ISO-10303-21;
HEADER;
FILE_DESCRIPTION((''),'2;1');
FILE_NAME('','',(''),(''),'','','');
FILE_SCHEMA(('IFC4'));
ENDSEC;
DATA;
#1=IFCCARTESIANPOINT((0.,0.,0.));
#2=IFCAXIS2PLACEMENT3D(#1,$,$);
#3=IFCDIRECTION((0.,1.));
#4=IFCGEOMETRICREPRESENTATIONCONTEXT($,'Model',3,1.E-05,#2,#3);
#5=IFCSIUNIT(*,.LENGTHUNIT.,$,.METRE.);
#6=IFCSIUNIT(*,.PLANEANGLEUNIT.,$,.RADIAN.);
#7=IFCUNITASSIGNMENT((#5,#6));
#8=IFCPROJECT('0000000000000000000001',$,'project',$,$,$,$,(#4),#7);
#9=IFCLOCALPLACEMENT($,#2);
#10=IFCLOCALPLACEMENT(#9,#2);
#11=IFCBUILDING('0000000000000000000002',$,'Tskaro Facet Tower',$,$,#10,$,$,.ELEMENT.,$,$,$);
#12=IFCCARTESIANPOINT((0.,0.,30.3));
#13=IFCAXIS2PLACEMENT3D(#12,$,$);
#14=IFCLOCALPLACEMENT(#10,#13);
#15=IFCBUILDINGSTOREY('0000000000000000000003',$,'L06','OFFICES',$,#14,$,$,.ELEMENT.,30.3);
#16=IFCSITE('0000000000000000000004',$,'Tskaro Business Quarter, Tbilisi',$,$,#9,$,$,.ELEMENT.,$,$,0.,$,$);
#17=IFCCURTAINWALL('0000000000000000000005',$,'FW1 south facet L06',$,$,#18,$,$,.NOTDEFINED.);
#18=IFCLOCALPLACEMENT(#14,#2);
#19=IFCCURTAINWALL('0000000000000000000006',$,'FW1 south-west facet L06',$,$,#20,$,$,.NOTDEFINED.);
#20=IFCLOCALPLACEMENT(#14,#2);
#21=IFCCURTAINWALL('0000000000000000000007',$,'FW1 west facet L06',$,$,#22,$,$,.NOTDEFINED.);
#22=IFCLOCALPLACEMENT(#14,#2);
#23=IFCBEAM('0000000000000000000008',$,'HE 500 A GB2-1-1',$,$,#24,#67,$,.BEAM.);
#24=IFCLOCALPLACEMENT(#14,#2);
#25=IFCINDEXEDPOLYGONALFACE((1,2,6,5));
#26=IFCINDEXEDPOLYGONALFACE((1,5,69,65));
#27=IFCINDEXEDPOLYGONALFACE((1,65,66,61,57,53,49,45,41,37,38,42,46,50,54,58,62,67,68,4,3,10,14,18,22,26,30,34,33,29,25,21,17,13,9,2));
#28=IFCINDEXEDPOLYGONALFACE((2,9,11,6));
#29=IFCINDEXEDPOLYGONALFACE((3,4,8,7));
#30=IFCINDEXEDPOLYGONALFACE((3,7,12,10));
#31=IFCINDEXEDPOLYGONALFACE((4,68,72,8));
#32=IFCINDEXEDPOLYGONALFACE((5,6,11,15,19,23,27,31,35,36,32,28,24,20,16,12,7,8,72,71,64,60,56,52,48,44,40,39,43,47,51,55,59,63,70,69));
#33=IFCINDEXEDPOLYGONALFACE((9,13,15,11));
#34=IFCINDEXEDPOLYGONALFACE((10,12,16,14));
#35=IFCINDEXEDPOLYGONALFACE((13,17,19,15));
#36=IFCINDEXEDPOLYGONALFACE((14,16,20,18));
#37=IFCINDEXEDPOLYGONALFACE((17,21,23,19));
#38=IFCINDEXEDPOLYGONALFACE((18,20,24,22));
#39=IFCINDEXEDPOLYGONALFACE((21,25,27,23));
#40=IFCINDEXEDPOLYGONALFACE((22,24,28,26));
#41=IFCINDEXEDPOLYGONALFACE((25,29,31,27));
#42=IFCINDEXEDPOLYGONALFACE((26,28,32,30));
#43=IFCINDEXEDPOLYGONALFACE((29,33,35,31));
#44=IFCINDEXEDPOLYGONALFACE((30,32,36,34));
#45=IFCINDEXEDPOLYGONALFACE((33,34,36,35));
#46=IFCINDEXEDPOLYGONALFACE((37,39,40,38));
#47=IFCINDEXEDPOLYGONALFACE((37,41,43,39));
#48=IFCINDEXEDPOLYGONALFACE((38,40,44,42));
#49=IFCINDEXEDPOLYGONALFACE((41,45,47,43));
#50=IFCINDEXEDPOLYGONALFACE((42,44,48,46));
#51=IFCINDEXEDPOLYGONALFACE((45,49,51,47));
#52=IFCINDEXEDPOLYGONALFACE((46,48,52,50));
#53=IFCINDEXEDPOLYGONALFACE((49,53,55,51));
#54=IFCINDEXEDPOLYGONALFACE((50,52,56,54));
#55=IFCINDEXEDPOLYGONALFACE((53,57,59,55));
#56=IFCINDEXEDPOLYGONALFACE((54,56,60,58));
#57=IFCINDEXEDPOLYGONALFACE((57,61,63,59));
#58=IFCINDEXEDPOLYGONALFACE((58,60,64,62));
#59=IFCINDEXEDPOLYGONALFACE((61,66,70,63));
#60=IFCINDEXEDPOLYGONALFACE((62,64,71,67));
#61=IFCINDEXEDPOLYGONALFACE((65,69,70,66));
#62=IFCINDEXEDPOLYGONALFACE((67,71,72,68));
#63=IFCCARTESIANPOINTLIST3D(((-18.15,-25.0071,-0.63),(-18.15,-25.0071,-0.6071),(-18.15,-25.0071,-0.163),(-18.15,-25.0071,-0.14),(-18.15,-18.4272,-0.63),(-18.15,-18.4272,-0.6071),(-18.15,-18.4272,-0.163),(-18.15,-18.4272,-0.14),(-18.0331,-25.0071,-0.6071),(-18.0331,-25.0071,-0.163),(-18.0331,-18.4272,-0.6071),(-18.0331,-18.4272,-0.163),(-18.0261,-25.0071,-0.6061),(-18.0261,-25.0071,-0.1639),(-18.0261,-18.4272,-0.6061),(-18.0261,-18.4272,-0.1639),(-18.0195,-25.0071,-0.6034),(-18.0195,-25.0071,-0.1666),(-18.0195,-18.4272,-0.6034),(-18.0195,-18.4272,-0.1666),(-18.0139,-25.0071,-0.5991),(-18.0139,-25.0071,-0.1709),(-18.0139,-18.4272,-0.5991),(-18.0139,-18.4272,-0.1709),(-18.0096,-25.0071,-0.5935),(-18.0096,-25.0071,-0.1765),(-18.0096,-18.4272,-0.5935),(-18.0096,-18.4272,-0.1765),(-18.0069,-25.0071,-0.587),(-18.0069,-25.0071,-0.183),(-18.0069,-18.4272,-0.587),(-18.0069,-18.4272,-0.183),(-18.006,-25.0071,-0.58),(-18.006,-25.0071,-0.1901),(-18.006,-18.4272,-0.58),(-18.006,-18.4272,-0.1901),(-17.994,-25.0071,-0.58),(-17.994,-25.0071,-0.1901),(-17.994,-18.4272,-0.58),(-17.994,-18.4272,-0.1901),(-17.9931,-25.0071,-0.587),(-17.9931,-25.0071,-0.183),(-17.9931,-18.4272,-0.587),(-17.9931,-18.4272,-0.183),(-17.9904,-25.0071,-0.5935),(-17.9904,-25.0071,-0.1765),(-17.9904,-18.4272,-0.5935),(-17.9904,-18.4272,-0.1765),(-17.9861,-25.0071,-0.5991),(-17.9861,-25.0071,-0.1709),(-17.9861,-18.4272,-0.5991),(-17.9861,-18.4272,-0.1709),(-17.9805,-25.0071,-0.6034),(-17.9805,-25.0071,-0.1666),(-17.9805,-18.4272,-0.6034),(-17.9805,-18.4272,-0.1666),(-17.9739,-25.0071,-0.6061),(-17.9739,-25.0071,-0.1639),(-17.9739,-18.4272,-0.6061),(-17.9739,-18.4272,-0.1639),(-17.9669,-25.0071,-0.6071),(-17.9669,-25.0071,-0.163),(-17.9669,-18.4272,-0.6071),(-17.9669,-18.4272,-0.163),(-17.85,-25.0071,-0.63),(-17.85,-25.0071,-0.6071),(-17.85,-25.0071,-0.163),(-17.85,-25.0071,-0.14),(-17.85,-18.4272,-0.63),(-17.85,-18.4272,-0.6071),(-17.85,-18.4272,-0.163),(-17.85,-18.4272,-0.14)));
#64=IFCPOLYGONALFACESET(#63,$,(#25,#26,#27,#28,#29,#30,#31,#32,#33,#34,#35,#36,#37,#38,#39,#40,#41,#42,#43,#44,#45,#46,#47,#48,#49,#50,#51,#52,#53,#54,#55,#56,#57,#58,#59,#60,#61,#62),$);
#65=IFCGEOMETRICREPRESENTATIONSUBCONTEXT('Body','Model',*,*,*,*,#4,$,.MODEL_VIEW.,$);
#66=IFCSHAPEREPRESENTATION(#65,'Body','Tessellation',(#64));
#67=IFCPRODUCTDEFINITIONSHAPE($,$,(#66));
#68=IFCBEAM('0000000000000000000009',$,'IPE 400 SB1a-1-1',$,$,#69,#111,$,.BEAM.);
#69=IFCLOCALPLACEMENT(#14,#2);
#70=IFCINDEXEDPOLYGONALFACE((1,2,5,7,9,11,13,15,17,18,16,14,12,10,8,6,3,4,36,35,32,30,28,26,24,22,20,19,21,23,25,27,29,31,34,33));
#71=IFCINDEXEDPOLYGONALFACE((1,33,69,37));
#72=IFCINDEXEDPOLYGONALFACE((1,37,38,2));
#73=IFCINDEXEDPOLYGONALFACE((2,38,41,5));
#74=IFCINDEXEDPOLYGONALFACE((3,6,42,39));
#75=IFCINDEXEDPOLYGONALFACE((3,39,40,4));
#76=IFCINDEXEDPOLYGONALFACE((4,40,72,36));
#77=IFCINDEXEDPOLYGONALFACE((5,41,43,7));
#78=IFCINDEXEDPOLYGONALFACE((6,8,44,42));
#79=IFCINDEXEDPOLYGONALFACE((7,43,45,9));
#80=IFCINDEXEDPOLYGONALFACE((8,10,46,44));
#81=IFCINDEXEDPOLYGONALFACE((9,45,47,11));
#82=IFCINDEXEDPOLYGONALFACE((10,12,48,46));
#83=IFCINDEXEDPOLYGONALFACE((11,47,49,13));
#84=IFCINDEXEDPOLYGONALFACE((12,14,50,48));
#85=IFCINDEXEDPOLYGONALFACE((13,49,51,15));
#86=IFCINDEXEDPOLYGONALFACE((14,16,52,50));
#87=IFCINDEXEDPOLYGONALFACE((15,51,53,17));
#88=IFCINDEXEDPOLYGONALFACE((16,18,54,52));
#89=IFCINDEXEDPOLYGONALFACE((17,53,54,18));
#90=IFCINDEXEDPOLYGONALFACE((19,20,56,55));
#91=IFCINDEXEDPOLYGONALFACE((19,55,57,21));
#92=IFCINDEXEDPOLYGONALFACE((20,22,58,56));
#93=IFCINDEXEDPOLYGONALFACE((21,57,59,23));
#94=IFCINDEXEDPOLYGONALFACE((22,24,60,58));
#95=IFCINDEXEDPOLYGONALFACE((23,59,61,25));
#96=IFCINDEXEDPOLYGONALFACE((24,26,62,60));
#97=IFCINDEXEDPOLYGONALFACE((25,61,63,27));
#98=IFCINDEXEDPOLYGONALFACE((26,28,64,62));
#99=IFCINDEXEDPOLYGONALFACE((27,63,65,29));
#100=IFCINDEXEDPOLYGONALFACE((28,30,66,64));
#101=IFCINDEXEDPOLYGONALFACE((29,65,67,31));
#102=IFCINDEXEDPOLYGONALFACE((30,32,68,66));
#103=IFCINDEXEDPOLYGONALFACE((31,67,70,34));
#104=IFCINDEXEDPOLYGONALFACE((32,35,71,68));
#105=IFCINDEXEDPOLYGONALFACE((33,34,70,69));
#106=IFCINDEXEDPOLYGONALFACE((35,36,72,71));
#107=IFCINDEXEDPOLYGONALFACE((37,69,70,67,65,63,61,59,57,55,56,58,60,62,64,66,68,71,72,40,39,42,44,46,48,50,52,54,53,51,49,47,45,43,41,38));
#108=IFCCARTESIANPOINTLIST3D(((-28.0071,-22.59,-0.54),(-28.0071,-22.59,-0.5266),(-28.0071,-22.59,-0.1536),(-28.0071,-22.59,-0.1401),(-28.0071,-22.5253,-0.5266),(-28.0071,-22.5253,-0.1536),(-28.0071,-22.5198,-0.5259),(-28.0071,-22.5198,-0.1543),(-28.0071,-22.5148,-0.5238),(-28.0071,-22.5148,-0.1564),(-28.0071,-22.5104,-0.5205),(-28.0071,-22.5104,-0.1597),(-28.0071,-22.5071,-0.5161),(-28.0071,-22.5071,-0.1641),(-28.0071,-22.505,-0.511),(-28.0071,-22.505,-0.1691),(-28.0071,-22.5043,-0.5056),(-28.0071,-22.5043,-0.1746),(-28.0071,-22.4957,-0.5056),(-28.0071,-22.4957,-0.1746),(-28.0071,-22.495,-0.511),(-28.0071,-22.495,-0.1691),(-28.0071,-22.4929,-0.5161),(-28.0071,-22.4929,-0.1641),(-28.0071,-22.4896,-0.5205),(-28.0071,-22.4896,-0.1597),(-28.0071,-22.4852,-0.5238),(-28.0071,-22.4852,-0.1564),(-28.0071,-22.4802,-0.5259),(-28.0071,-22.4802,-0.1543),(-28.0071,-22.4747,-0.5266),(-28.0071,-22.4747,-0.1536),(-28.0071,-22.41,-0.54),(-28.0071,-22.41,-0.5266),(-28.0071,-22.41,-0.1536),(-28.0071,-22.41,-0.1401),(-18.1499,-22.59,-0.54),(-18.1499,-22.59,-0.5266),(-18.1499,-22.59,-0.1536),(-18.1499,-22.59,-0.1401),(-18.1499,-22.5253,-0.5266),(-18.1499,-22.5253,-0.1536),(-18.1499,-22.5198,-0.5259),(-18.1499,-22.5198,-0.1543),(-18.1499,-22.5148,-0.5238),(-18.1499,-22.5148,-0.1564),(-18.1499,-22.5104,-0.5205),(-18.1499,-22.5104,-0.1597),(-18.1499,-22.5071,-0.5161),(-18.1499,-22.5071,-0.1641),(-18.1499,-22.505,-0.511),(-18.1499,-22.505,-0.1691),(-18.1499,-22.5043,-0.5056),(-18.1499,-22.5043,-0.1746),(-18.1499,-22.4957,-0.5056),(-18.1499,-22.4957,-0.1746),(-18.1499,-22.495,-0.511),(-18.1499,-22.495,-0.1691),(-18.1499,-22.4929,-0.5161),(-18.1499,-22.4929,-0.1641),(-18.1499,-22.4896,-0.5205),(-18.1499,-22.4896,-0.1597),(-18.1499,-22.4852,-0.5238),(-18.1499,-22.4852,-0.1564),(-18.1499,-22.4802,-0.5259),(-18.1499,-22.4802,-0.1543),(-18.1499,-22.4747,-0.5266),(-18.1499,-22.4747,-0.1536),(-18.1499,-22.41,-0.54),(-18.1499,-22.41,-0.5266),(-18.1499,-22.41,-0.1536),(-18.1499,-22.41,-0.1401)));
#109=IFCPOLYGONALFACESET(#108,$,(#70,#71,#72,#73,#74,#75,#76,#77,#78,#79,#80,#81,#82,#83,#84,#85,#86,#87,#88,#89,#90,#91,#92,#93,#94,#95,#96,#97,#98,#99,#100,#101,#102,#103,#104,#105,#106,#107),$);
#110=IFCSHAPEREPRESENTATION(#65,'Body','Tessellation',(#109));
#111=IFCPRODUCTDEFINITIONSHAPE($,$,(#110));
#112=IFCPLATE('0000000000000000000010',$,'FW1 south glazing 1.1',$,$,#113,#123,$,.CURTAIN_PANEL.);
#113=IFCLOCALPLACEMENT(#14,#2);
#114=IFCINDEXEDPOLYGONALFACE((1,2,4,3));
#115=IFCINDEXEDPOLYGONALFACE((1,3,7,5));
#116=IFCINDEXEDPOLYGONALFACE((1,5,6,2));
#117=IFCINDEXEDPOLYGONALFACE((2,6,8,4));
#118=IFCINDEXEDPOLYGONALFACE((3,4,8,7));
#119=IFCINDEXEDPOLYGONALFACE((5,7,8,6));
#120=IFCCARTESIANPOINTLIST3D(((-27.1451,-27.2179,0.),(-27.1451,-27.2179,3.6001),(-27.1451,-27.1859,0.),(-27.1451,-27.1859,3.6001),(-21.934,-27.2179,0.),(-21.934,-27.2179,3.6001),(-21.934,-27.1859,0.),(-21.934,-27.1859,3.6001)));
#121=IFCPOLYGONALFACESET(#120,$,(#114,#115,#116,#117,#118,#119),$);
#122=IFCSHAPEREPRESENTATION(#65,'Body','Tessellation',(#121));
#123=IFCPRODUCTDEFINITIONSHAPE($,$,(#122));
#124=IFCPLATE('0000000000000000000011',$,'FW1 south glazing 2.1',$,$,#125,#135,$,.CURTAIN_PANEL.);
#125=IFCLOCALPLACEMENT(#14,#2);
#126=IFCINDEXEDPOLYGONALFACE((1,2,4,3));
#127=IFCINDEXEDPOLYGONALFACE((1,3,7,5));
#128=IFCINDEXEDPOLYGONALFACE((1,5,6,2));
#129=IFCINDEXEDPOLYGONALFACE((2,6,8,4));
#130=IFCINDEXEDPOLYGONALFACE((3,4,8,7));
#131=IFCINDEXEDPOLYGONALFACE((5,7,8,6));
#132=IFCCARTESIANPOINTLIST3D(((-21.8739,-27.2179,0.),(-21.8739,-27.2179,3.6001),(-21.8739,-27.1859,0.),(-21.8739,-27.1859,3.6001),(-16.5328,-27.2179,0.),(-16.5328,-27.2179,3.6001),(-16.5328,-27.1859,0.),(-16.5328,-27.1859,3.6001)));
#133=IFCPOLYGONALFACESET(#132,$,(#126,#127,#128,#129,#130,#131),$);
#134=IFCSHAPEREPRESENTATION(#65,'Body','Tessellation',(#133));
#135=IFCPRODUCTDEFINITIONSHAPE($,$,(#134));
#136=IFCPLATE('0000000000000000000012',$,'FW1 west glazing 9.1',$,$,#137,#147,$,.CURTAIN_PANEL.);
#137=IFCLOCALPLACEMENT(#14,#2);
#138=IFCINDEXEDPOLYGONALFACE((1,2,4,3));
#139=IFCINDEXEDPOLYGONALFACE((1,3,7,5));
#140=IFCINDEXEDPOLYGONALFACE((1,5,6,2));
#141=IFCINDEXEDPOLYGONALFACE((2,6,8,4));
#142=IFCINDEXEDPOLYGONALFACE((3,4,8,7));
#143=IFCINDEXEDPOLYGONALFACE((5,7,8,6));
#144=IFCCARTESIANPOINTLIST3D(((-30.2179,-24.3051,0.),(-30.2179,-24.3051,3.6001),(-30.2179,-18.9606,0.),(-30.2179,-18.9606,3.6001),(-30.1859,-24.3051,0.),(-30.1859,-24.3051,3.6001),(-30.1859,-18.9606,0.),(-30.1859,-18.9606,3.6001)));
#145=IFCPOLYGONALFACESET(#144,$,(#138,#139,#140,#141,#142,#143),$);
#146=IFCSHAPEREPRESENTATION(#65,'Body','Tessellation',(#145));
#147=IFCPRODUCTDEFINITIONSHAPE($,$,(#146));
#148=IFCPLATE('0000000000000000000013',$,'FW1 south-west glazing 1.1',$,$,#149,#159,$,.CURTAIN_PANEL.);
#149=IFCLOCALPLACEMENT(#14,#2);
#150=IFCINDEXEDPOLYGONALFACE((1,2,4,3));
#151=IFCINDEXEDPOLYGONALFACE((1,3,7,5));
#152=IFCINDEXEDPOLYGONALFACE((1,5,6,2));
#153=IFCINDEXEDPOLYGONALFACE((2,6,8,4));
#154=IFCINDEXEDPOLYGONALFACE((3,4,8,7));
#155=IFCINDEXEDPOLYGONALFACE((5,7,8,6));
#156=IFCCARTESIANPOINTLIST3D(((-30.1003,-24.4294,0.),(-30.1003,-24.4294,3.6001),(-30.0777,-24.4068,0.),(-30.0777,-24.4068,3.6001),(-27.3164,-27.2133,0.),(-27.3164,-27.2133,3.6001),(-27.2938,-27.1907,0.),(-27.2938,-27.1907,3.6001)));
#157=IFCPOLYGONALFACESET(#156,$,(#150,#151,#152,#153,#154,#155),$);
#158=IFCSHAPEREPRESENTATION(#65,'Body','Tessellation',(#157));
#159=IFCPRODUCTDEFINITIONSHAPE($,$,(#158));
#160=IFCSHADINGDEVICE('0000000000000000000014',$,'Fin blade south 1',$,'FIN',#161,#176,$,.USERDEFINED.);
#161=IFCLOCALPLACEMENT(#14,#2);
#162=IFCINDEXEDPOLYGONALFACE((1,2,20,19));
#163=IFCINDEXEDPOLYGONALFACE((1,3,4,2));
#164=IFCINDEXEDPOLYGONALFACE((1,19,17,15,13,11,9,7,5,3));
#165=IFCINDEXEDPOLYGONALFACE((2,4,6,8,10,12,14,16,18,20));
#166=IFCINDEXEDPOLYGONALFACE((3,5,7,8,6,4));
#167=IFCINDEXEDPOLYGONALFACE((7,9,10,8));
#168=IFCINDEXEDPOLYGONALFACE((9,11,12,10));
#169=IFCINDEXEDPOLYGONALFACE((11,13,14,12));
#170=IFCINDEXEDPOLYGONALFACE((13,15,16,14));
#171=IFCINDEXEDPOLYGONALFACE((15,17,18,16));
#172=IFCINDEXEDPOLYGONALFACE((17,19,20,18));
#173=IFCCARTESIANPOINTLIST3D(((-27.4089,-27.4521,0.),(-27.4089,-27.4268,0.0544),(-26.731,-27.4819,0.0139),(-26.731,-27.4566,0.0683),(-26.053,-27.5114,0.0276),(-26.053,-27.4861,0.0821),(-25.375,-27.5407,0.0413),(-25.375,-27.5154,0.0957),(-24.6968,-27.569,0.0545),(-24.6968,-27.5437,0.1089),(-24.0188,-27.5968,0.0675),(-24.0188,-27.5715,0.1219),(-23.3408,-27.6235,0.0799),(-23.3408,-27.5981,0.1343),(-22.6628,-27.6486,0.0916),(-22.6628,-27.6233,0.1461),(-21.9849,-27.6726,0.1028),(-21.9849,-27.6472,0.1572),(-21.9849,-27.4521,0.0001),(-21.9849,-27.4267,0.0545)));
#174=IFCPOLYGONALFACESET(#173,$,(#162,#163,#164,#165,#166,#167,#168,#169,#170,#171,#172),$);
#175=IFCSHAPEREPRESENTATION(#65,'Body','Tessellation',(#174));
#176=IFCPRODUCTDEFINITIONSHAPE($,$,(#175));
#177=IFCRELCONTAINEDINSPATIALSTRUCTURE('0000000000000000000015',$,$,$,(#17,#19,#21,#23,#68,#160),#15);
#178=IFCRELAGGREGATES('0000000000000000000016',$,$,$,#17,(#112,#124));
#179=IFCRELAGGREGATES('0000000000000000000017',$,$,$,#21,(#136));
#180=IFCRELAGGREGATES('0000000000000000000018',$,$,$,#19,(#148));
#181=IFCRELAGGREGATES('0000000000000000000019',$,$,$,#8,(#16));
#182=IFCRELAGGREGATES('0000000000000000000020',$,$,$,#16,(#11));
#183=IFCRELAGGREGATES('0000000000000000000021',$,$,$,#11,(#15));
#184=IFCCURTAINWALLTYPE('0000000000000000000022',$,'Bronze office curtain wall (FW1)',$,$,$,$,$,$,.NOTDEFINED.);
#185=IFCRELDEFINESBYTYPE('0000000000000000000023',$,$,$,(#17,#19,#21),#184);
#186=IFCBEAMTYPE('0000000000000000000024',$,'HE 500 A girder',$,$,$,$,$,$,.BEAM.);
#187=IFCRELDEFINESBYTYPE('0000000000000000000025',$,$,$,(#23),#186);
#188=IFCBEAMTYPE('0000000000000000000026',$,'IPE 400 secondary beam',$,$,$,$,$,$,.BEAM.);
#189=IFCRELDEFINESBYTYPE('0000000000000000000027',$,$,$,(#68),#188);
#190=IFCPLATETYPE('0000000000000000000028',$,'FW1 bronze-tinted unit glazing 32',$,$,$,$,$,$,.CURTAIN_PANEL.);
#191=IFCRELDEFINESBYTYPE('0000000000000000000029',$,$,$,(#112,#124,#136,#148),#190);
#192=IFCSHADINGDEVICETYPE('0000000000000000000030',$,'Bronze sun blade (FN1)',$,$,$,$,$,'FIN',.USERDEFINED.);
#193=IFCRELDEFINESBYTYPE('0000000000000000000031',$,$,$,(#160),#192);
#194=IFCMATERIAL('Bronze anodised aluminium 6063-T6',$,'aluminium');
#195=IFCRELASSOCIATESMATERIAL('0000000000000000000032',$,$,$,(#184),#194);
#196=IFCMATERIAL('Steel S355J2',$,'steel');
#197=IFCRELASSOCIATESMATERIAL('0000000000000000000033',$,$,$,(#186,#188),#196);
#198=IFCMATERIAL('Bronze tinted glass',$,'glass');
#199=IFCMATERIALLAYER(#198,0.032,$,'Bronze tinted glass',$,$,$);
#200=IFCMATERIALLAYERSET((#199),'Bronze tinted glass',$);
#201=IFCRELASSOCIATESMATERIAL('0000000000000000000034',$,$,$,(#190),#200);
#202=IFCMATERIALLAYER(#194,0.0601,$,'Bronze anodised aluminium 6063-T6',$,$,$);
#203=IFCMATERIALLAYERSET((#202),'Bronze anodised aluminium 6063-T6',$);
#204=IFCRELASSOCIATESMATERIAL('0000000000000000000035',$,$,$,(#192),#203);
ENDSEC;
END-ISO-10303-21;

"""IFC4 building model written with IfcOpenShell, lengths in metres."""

from ifc_helpers import new_model, si_unit, direction, frame, origin, origin_2d, place, context, subcontext, project, spatial, polyline, rectangle, i_section, outline, extrude, material, layer, layer_set, material_profile, profile_set, type_object, element, aggregate, save


model = new_model("IFC4")

# Units and contexts
model_context = context("Model", 3, precision=1e-05, world=origin(), true_north=direction((0.0, 1.0)))
body_context = subcontext(model_context, "Body", "Model", "MODEL_VIEW")
ifc_project = project(units=[si_unit("LENGTHUNIT", "METRE"), si_unit("PLANEANGLEUNIT", "RADIAN")], contexts=[model_context])

# Site, building, storey
site_placement = place(None, origin())
site = spatial("IfcSite", under=ifc_project, at=site_placement, Name="Tskaro Business Quarter, Tbilisi", CompositionType="ELEMENT", RefElevation=0.0)
building_placement = place(site_placement, origin())
building = spatial("IfcBuilding", under=site, at=building_placement, Name="Tskaro Facet Tower", CompositionType="ELEMENT")
storey_placement = place(building_placement, frame((0.0, 0.0, 30.3)))
storey = spatial("IfcBuildingStorey", under=building, at=storey_placement, Name="L06", Description="OFFICES", CompositionType="ELEMENT", Elevation=30.3)

# Curtain walls
ifc_material_1 = material(Name="Bronze anodised aluminium 6063-T6", Category="aluminium")
curtain_wall_type = type_object("IfcCurtainWallType", Name="Bronze office curtain wall (FW1)", PredefinedType="NOTDEFINED", material=ifc_material_1)
curtain_wall_1_placement = place(storey_placement, origin())
curtain_wall_1 = element("IfcCurtainWall", 1, at=curtain_wall_1_placement, inside=storey, type_object=curtain_wall_type, Name="FW1 south facet L06", PredefinedType="NOTDEFINED")
curtain_wall_2_placement = place(storey_placement, origin())
curtain_wall_2 = element("IfcCurtainWall", 2, at=curtain_wall_2_placement, inside=storey, type_object=curtain_wall_type, Name="FW1 south-west facet L06", PredefinedType="NOTDEFINED")

# Curtain wall
curtain_wall_3_placement = place(storey_placement, origin())
curtain_wall_3 = element("IfcCurtainWall", 3, at=curtain_wall_3_placement, inside=storey, type_object=curtain_wall_type, Name="FW1 west facet L06", PredefinedType="NOTDEFINED")

# Beams
ifc_material_2 = material(Name="Steel S355J2", Category="steel")
ifc_material_profile_1 = material_profile(ifc_material_2, i_section(OverallWidth=0.3, OverallDepth=0.49, WebThickness=0.012, FlangeThickness=0.0229, FilletRadius=0.0271, at=origin_2d()), Name="HE 500 A")
ifc_profile_set_1 = profile_set([ifc_material_profile_1], Name="Steel S355J2")
beam_type_1 = type_object("IfcBeamType", Name="HE 500 A girder", PredefinedType="BEAM", material=ifc_profile_set_1)
beam_1_placement = place(storey_placement, frame((-18.0, -25.0071, -0.385), z_axis=(0.0, 1.0, 0.0), x_axis=(-1.0, 0.0, 0.0)))
element("IfcBeam", 4, at=beam_1_placement, inside=storey, type_object=beam_type_1, Name="HE 500 A GB2-1-1", PredefinedType="BEAM", context=body_context, shape_type="SweptSolid", body=[
    extrude(i_section(OverallWidth=0.3, OverallDepth=0.49, WebThickness=0.012, FlangeThickness=0.0229, FilletRadius=0.0271, at=origin_2d()), origin(), (0.0, 0.0, 1.0), 6.5798),
])
ifc_material_profile_2 = material_profile(ifc_material_2, i_section(OverallWidth=0.1799, OverallDepth=0.3999, WebThickness=0.0085, FlangeThickness=0.0134, FilletRadius=0.021, at=origin_2d()), Name="IPE 400")
ifc_profile_set_2 = profile_set([ifc_material_profile_2], Name="Steel S355J2")
beam_type_2 = type_object("IfcBeamType", Name="IPE 400 secondary beam", PredefinedType="BEAM", material=ifc_profile_set_2)
beam_2_placement = place(storey_placement, frame((-28.0071, -22.5, -0.3401), z_axis=(1.0, 0.0, 0.0), x_axis=(0.0, 1.0, 0.0)))
element("IfcBeam", 5, at=beam_2_placement, inside=storey, type_object=beam_type_2, Name="IPE 400 SB1a-1-1", PredefinedType="BEAM", context=body_context, shape_type="SweptSolid", body=[
    extrude(i_section(OverallWidth=0.1799, OverallDepth=0.3999, WebThickness=0.0085, FlangeThickness=0.0134, FilletRadius=0.021, at=origin_2d()), origin(), (0.0, 0.0, 1.0), 9.8572),
])

# Plates
ifc_material_3 = material(Name="Bronze tinted glass", Category="glass")
ifc_layer_1 = layer(ifc_material_3, 0.032, Name="Bronze tinted glass")
ifc_layer_set_1 = layer_set([ifc_layer_1], Name="Bronze tinted glass")
plate_type = type_object("IfcPlateType", Name="FW1 bronze-tinted unit glazing 32", PredefinedType="CURTAIN_PANEL", material=ifc_layer_set_1)
plate_1_placement = place(storey_placement, frame((-24.5396, -27.2019, 0.0), z_axis=(0.0, 0.0, 1.0), x_axis=(1.0, 0.0, 0.0)))
plate_1 = element("IfcPlate", 6, at=plate_1_placement, type_object=plate_type, Name="FW1 south glazing 1.1", PredefinedType="CURTAIN_PANEL", context=body_context, shape_type="SweptSolid", body=[
    extrude(rectangle(XDim=5.2112, YDim=0.032, at=origin_2d()), origin(), (0.0, 0.0, 1.0), 3.6001),
])
plate_2_placement = place(storey_placement, frame((-19.2034, -27.2019, 0.0), z_axis=(0.0, 0.0, 1.0), x_axis=(1.0, 0.0, 0.0)))
plate_2 = element("IfcPlate", 7, at=plate_2_placement, type_object=plate_type, Name="FW1 south glazing 2.1", PredefinedType="CURTAIN_PANEL", context=body_context, shape_type="SweptSolid", body=[
    extrude(rectangle(XDim=5.3411, YDim=0.032, at=origin_2d()), origin(), (0.0, 0.0, 1.0), 3.6001),
])
aggregate(curtain_wall_1, [plate_1, plate_2])
plate_3_placement = place(storey_placement, frame((-30.2019, -21.6328, 0.0), z_axis=(0.0, 0.0, 1.0), x_axis=(0.0, -1.0, 0.0)))
plate_3 = element("IfcPlate", 8, at=plate_3_placement, type_object=plate_type, Name="FW1 west glazing 9.1", PredefinedType="CURTAIN_PANEL", context=body_context, shape_type="SweptSolid", body=[
    extrude(rectangle(XDim=5.3445, YDim=0.032, at=origin_2d()), origin(), (0.0, 0.0, 1.0), 3.6001),
])
aggregate(curtain_wall_3, [plate_3])
plate_4_placement = place(storey_placement, frame((-28.697, -25.8101, 0.0), z_axis=(0.0, 0.0, 1.0), x_axis=(0.707107, -0.707107, 0.0)))
plate_4 = element("IfcPlate", 9, at=plate_4_placement, type_object=plate_type, Name="FW1 south-west glazing 1.1", PredefinedType="CURTAIN_PANEL", context=body_context, shape_type="SweptSolid", body=[
    extrude(rectangle(XDim=3.937, YDim=0.032, at=origin_2d()), origin(), (0.0, 0.0, 1.0), 3.6001),
])
aggregate(curtain_wall_2, [plate_4])

# Shading device
ifc_layer_2 = layer(ifc_material_1, 0.0601, Name="Bronze anodised aluminium 6063-T6")
ifc_layer_set_2 = layer_set([ifc_layer_2], Name="Bronze anodised aluminium 6063-T6")
shading_device_type = type_object("IfcShadingDeviceType", Name="Bronze sun blade (FN1)", ElementType="FIN", PredefinedType="USERDEFINED", material=ifc_layer_set_2)
shading_device_1_placement = place(storey_placement, frame((-27.4089, -27.4268, 0.0544), z_axis=(-0.000017, 0.422199, 0.906503), x_axis=(1.0, 0.000007, 0.000016)))
element("IfcShadingDevice", 10, at=shading_device_1_placement, inside=storey, type_object=shading_device_type, Name="Fin blade south 1", ObjectType="FIN", PredefinedType="USERDEFINED", context=body_context, shape_type="SweptSolid", body=[
    extrude(outline(polyline([(0.0, 0.0), (5.4241, 0.0), (5.4241, -0.2432), (4.7461, -0.2168), (4.0681, -0.1891), (3.3901, -0.1597), (2.7122, -0.129), (2.0339, -0.0978), (1.356, -0.0654), (0.678, -0.0329), (0.0, 0.0)])), origin(), (0.0, 0.0, -1.0), 0.0601),
])

save(model, "model.ifc")
